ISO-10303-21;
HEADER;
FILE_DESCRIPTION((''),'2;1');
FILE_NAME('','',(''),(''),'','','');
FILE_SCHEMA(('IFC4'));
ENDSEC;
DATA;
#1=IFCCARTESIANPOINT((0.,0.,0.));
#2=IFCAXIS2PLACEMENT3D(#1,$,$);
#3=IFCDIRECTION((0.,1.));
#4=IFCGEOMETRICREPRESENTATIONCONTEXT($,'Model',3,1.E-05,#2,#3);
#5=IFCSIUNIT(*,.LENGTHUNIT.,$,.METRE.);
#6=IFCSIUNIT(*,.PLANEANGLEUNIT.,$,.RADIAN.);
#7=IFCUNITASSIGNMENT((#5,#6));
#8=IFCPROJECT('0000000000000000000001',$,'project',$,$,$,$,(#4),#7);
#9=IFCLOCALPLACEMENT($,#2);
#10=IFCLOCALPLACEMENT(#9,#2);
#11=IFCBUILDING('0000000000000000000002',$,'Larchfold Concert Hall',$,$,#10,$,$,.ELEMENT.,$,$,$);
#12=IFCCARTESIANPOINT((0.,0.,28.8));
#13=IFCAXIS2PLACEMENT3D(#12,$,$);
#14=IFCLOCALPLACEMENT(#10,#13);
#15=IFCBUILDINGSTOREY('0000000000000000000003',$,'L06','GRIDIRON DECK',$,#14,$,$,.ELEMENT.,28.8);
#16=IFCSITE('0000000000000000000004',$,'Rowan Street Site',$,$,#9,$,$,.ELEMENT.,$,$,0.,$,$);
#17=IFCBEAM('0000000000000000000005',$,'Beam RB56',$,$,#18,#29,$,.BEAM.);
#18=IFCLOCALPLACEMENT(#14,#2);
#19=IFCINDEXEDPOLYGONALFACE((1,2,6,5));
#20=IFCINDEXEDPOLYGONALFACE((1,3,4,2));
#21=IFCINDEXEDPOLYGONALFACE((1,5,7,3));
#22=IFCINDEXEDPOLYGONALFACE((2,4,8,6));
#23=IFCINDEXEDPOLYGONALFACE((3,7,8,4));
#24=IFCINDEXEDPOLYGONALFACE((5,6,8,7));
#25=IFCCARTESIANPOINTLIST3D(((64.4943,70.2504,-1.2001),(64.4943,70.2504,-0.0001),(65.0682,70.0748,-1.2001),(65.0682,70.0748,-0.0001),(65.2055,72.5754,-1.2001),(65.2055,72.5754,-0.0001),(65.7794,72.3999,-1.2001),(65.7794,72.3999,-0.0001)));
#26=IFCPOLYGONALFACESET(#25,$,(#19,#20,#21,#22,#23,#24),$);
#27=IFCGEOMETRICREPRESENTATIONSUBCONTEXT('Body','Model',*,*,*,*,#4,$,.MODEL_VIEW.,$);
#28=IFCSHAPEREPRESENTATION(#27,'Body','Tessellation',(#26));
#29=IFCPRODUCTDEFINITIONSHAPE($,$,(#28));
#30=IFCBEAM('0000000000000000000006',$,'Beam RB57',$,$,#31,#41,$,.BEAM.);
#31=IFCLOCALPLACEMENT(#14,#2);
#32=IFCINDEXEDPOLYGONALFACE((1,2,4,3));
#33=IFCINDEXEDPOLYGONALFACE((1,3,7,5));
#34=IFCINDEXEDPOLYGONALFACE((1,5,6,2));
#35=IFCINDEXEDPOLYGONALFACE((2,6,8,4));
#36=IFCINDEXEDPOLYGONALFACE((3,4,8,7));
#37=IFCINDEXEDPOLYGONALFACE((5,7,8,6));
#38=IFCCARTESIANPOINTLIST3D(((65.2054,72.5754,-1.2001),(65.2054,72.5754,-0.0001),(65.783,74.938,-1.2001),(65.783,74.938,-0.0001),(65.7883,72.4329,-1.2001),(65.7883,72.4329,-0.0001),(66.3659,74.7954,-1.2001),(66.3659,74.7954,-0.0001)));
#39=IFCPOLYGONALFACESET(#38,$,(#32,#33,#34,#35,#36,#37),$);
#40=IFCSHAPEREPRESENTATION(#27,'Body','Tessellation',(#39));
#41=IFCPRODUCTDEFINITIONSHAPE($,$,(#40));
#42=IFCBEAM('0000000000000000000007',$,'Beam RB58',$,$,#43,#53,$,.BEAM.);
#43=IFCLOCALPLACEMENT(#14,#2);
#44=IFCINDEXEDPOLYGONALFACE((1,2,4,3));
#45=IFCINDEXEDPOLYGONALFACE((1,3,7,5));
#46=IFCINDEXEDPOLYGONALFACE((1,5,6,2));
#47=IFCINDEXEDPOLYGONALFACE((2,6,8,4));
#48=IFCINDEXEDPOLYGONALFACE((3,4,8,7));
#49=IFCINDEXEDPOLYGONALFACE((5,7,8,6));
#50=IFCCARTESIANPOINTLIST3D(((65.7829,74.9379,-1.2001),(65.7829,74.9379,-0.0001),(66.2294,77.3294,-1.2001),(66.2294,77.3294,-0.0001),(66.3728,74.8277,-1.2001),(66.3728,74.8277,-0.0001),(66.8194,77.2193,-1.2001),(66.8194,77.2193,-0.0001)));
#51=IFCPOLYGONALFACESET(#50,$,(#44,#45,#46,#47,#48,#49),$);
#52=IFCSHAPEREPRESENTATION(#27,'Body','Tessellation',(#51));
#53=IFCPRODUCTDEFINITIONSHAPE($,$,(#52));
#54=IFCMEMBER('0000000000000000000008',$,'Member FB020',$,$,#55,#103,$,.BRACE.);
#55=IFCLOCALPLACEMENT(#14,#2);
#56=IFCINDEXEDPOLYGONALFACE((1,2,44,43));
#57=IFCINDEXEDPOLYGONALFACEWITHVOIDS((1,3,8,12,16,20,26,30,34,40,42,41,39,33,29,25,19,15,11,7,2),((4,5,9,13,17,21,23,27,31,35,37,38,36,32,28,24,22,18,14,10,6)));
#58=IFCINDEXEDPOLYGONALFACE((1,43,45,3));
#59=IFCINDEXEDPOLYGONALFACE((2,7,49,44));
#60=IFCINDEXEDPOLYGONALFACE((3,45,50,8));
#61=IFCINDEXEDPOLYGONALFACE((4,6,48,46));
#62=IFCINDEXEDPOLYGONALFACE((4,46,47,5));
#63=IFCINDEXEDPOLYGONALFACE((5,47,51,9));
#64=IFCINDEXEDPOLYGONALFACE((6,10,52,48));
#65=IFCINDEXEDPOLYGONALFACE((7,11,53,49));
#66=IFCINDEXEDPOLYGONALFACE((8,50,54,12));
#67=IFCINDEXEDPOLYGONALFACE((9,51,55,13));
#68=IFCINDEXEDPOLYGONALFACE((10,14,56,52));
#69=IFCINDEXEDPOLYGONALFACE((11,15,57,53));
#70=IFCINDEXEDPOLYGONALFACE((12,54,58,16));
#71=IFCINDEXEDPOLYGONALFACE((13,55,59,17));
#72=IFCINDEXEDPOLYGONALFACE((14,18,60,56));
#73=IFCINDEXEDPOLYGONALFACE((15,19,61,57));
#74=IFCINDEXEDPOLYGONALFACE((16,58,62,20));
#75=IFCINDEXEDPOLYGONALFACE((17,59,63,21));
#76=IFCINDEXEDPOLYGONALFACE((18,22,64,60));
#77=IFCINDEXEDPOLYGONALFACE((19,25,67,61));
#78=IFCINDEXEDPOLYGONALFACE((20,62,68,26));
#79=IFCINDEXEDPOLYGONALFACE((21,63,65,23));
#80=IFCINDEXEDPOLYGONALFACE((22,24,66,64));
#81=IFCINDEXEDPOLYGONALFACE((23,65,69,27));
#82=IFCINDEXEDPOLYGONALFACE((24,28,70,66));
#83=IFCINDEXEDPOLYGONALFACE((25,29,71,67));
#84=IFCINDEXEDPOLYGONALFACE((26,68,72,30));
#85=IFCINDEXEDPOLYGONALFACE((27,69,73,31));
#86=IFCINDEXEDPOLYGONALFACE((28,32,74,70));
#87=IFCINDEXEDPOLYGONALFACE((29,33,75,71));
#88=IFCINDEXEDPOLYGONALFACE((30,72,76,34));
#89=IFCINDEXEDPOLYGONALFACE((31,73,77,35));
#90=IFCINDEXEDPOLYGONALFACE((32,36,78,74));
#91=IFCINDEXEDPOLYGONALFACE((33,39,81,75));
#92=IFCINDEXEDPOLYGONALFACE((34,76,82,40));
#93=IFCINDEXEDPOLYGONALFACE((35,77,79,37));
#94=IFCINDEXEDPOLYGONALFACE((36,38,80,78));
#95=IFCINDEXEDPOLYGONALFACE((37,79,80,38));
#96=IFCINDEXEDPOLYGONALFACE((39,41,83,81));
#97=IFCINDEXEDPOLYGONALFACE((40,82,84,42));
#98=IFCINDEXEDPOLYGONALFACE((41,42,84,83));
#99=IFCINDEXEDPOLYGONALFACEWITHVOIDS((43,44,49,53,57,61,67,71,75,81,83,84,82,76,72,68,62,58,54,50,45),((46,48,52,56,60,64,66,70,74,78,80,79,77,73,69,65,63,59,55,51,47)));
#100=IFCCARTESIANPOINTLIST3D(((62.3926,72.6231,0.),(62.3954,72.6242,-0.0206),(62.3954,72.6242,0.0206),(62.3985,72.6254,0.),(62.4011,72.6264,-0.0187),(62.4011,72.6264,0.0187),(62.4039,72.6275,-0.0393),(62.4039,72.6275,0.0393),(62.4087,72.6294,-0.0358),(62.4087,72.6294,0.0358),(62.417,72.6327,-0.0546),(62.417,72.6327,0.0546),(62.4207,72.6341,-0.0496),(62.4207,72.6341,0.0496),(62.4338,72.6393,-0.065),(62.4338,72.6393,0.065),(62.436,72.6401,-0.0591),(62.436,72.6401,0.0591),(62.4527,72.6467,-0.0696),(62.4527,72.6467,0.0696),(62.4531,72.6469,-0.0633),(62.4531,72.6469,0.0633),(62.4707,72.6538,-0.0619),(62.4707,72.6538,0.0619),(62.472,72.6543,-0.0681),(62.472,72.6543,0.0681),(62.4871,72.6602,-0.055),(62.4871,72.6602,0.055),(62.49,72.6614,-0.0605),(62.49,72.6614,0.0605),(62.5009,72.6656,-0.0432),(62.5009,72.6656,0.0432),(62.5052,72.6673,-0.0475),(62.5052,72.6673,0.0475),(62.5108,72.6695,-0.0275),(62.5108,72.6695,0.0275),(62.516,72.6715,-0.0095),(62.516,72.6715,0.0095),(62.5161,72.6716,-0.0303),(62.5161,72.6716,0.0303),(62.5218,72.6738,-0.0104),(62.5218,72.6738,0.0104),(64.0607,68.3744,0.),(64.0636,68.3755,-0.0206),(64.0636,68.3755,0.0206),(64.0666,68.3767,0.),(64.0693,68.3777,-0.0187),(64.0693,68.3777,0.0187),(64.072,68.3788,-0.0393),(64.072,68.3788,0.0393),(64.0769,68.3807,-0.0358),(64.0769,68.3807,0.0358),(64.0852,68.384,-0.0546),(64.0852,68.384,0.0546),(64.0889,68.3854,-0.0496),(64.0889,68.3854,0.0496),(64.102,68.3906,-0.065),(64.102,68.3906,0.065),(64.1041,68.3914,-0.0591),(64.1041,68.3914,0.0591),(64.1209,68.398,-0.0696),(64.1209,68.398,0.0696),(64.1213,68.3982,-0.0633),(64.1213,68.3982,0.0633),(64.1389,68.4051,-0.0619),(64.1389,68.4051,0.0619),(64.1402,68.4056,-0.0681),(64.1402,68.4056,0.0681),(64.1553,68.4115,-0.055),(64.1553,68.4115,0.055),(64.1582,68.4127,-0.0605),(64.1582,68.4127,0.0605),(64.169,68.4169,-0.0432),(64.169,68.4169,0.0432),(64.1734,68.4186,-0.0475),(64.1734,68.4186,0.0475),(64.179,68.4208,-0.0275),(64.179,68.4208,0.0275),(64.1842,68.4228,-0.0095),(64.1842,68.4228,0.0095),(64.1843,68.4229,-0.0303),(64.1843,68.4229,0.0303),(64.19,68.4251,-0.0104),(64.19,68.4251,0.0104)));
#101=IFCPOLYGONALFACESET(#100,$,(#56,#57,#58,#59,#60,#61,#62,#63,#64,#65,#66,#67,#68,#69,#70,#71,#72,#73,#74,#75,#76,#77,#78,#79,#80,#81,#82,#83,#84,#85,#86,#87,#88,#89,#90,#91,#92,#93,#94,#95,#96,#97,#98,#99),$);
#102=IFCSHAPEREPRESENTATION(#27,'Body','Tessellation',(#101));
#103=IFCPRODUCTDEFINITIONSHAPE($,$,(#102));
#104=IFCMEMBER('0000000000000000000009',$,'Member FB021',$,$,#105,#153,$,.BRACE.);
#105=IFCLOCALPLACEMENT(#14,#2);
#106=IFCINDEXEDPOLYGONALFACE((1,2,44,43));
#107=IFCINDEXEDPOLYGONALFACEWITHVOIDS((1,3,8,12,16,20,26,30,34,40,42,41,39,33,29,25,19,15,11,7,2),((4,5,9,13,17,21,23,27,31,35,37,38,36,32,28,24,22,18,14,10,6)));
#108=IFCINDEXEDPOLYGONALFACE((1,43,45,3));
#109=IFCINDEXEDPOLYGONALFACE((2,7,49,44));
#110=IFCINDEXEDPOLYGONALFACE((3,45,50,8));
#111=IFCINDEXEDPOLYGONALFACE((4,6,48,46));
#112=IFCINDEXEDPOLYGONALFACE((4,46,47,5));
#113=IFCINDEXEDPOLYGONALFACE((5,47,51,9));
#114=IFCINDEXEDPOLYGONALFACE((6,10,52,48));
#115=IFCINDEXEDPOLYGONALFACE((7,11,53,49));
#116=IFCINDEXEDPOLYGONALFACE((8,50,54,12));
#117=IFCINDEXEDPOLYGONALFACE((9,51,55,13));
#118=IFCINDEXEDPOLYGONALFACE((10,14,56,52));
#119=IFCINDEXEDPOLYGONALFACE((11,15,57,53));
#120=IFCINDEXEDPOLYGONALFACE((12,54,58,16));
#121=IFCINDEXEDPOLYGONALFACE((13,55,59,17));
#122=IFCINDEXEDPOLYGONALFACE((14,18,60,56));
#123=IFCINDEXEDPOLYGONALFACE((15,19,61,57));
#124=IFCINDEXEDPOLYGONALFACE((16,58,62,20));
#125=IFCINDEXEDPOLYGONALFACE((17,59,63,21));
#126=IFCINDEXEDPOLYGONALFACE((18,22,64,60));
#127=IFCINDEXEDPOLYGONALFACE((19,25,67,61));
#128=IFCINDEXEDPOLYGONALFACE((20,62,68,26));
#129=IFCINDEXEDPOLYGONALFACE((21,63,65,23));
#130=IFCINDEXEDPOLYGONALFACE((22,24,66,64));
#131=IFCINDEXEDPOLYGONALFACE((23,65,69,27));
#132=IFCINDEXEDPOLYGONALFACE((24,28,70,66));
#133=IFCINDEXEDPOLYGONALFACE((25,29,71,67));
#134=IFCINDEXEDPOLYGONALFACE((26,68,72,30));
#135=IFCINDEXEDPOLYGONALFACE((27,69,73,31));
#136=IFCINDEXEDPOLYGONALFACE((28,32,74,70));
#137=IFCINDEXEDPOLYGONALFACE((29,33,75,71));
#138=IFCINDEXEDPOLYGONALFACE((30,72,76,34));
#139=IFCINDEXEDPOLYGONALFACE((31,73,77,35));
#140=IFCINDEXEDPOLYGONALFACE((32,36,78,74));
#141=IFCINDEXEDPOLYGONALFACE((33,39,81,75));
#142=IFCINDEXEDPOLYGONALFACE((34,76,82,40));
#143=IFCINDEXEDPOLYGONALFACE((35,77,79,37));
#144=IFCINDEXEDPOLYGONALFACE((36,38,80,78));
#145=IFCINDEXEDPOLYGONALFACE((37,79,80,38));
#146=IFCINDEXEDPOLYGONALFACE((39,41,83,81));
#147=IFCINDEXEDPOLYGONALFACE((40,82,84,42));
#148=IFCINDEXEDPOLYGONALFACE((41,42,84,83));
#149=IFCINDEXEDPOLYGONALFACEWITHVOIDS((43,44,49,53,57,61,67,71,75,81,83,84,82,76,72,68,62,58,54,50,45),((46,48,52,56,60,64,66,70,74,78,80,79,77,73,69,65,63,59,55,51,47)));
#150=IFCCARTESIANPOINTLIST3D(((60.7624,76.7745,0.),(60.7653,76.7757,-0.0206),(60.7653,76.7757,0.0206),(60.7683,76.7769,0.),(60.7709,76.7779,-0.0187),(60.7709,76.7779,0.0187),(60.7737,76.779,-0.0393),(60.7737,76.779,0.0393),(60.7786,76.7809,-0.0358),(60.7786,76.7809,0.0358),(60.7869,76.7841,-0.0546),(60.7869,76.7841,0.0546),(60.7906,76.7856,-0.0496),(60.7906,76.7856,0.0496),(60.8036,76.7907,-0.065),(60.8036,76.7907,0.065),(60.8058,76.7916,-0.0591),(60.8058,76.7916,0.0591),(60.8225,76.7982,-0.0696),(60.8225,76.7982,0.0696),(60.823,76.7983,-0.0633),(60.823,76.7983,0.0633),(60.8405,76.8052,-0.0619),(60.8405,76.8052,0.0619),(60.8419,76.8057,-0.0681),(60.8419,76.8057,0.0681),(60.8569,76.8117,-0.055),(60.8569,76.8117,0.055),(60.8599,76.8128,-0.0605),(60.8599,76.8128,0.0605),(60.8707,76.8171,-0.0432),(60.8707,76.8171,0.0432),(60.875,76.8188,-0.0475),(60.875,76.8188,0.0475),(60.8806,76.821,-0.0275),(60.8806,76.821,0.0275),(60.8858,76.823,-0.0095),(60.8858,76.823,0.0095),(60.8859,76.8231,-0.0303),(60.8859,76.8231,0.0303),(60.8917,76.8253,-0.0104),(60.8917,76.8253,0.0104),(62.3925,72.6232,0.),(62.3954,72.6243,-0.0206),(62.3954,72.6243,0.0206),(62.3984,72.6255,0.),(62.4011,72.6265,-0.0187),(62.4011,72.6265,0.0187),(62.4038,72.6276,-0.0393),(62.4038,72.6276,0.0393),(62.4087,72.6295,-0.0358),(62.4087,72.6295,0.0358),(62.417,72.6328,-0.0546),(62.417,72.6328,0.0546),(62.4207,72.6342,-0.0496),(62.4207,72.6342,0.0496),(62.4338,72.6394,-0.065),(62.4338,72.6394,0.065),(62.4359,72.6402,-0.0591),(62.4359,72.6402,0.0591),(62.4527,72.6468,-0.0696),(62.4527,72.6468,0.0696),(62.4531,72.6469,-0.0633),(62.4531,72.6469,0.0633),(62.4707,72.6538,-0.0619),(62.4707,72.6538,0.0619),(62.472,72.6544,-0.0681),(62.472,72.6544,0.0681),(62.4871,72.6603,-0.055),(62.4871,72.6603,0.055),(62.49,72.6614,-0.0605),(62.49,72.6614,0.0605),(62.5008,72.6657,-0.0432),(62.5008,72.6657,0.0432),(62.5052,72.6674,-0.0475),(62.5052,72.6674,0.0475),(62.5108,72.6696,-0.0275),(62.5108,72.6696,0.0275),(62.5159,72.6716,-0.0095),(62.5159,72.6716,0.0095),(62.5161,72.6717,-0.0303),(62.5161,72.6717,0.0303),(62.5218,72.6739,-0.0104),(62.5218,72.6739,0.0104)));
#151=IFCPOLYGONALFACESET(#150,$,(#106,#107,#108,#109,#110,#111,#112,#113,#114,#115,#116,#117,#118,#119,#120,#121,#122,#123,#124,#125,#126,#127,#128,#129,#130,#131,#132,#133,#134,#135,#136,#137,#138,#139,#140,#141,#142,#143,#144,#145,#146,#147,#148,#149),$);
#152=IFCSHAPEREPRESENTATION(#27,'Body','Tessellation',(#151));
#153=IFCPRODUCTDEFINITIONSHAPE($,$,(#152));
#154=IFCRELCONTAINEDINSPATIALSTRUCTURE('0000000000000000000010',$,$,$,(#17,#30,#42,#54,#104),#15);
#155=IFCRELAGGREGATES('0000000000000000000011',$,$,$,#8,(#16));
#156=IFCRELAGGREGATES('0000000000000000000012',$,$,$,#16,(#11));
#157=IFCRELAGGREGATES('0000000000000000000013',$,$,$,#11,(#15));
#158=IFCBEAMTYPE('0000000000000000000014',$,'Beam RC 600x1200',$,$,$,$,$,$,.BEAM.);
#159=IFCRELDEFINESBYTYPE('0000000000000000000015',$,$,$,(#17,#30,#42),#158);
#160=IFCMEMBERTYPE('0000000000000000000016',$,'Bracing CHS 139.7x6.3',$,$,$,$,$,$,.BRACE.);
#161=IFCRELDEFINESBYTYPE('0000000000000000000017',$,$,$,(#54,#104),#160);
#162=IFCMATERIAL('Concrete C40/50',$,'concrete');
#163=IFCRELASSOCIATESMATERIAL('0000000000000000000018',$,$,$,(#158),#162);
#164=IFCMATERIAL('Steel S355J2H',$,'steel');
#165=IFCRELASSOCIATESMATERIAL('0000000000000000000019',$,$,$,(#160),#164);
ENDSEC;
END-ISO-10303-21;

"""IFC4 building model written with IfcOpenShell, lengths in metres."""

from ifc_helpers import new_model, si_unit, direction, frame, origin, origin_2d, place, context, subcontext, project, spatial, rectangle, hollow_circle, extrude, material, material_profile, profile_set, type_object, element, save


model = new_model("IFC4")

# Units and contexts
model_context = context("Model", 3, precision=1e-05, world=origin(), true_north=direction((0.0, 1.0)))
body_context = subcontext(model_context, "Body", "Model", "MODEL_VIEW")
ifc_project = project(units=[si_unit("LENGTHUNIT", "METRE"), si_unit("PLANEANGLEUNIT", "RADIAN")], contexts=[model_context])

# Site, building, storey
site_placement = place(None, origin())
site = spatial("IfcSite", under=ifc_project, at=site_placement, Name="Rowan Street Site", CompositionType="ELEMENT", RefElevation=0.0)
building_placement = place(site_placement, origin())
building = spatial("IfcBuilding", under=site, at=building_placement, Name="Larchfold Concert Hall", CompositionType="ELEMENT")
storey_placement = place(building_placement, frame((0.0, 0.0, 28.8)))
storey = spatial("IfcBuildingStorey", under=building, at=storey_placement, Name="L06", Description="GRIDIRON DECK", CompositionType="ELEMENT", Elevation=28.8)

# Beams
ifc_material_1 = material(Name="Concrete C40/50", Category="concrete")
ifc_material_profile_1 = material_profile(ifc_material_1, rectangle(XDim=0.6001, YDim=1.2, at=origin_2d()))
ifc_profile_set_1 = profile_set([ifc_material_profile_1], Name="Concrete C40/50")
beam_type_1 = type_object("IfcBeamType", Name="Beam RC 600x1200", PredefinedType="BEAM", material=ifc_profile_set_1)
beam_1_placement = place(storey_placement, frame((64.7812, 70.1626, -0.6001), z_axis=(0.292512, 0.956262, 0.0), x_axis=(-0.956262, 0.292512, 0.0)))
element("IfcBeam", 1, at=beam_1_placement, inside=storey, type_object=beam_type_1, Name="Beam RB56", PredefinedType="BEAM", context=body_context, shape_type="SweptSolid", body=[
    extrude(rectangle(XDim=0.6001, YDim=1.2, at=origin_2d()), origin(), (0.0, 0.0, 1.0), 2.4314),
])
beam_2_placement = place(storey_placement, frame((65.4968, 72.5042, -0.6001), z_axis=(0.237502, 0.971387, 0.0), x_axis=(-0.971387, 0.237502, 0.0)))
element("IfcBeam", 2, at=beam_2_placement, inside=storey, type_object=beam_type_1, Name="Beam RB57", PredefinedType="BEAM", context=body_context, shape_type="SweptSolid", body=[
    extrude(rectangle(XDim=0.6001, YDim=1.2, at=origin_2d()), origin(), (0.0, 0.0, 1.0), 2.4321),
])
beam_3_placement = place(storey_placement, frame((66.0779, 74.8828, -0.6001), z_axis=(0.183537, 0.983013, 0.0), x_axis=(-0.983013, 0.183537, 0.0)))
element("IfcBeam", 3, at=beam_3_placement, inside=storey, type_object=beam_type_1, Name="Beam RB58", PredefinedType="BEAM", context=body_context, shape_type="SweptSolid", body=[
    extrude(rectangle(XDim=0.6001, YDim=1.2, at=origin_2d()), origin(), (0.0, 0.0, 1.0), 2.4329),
])

# Members
ifc_material_2 = material(Name="Steel S355J2H", Category="steel")
ifc_material_profile_2 = material_profile(ifc_material_2, hollow_circle(Radius=0.0698, WallThickness=0.0063, at=origin_2d()))
ifc_profile_set_2 = profile_set([ifc_material_profile_2], Name="Steel S355J2H")
member_type_1 = type_object("IfcMemberType", Name="Bracing CHS 139.7x6.3", PredefinedType="BRACE", material=ifc_profile_set_2)
member_1_placement = place(storey_placement, frame((64.1257, 68.3999, 0.0), z_axis=(-0.365472, 0.930822, 0.0), x_axis=(-0.930822, -0.365472, 0.0)))
element("IfcMember", 4, at=member_1_placement, inside=storey, type_object=member_type_1, Name="Member FB020", PredefinedType="BRACE", context=body_context, shape_type="SweptSolid", body=[
    extrude(hollow_circle(Radius=0.0698, WallThickness=0.0063, at=origin_2d()), origin(), (0.0, 0.0, 1.0), 4.5645),
])
member_2_placement = place(storey_placement, frame((62.4575, 72.6487, 0.0), z_axis=(-0.365503, 0.93081, 0.0), x_axis=(-0.93081, -0.365503, 0.0)))
element("IfcMember", 5, at=member_2_placement, inside=storey, type_object=member_type_1, Name="Member FB021", PredefinedType="BRACE", context=body_context, shape_type="SweptSolid", body=[
    extrude(hollow_circle(Radius=0.0698, WallThickness=0.0063, at=origin_2d()), origin(), (0.0, 0.0, 1.0), 4.46),
])

save(model, "model.ifc")
